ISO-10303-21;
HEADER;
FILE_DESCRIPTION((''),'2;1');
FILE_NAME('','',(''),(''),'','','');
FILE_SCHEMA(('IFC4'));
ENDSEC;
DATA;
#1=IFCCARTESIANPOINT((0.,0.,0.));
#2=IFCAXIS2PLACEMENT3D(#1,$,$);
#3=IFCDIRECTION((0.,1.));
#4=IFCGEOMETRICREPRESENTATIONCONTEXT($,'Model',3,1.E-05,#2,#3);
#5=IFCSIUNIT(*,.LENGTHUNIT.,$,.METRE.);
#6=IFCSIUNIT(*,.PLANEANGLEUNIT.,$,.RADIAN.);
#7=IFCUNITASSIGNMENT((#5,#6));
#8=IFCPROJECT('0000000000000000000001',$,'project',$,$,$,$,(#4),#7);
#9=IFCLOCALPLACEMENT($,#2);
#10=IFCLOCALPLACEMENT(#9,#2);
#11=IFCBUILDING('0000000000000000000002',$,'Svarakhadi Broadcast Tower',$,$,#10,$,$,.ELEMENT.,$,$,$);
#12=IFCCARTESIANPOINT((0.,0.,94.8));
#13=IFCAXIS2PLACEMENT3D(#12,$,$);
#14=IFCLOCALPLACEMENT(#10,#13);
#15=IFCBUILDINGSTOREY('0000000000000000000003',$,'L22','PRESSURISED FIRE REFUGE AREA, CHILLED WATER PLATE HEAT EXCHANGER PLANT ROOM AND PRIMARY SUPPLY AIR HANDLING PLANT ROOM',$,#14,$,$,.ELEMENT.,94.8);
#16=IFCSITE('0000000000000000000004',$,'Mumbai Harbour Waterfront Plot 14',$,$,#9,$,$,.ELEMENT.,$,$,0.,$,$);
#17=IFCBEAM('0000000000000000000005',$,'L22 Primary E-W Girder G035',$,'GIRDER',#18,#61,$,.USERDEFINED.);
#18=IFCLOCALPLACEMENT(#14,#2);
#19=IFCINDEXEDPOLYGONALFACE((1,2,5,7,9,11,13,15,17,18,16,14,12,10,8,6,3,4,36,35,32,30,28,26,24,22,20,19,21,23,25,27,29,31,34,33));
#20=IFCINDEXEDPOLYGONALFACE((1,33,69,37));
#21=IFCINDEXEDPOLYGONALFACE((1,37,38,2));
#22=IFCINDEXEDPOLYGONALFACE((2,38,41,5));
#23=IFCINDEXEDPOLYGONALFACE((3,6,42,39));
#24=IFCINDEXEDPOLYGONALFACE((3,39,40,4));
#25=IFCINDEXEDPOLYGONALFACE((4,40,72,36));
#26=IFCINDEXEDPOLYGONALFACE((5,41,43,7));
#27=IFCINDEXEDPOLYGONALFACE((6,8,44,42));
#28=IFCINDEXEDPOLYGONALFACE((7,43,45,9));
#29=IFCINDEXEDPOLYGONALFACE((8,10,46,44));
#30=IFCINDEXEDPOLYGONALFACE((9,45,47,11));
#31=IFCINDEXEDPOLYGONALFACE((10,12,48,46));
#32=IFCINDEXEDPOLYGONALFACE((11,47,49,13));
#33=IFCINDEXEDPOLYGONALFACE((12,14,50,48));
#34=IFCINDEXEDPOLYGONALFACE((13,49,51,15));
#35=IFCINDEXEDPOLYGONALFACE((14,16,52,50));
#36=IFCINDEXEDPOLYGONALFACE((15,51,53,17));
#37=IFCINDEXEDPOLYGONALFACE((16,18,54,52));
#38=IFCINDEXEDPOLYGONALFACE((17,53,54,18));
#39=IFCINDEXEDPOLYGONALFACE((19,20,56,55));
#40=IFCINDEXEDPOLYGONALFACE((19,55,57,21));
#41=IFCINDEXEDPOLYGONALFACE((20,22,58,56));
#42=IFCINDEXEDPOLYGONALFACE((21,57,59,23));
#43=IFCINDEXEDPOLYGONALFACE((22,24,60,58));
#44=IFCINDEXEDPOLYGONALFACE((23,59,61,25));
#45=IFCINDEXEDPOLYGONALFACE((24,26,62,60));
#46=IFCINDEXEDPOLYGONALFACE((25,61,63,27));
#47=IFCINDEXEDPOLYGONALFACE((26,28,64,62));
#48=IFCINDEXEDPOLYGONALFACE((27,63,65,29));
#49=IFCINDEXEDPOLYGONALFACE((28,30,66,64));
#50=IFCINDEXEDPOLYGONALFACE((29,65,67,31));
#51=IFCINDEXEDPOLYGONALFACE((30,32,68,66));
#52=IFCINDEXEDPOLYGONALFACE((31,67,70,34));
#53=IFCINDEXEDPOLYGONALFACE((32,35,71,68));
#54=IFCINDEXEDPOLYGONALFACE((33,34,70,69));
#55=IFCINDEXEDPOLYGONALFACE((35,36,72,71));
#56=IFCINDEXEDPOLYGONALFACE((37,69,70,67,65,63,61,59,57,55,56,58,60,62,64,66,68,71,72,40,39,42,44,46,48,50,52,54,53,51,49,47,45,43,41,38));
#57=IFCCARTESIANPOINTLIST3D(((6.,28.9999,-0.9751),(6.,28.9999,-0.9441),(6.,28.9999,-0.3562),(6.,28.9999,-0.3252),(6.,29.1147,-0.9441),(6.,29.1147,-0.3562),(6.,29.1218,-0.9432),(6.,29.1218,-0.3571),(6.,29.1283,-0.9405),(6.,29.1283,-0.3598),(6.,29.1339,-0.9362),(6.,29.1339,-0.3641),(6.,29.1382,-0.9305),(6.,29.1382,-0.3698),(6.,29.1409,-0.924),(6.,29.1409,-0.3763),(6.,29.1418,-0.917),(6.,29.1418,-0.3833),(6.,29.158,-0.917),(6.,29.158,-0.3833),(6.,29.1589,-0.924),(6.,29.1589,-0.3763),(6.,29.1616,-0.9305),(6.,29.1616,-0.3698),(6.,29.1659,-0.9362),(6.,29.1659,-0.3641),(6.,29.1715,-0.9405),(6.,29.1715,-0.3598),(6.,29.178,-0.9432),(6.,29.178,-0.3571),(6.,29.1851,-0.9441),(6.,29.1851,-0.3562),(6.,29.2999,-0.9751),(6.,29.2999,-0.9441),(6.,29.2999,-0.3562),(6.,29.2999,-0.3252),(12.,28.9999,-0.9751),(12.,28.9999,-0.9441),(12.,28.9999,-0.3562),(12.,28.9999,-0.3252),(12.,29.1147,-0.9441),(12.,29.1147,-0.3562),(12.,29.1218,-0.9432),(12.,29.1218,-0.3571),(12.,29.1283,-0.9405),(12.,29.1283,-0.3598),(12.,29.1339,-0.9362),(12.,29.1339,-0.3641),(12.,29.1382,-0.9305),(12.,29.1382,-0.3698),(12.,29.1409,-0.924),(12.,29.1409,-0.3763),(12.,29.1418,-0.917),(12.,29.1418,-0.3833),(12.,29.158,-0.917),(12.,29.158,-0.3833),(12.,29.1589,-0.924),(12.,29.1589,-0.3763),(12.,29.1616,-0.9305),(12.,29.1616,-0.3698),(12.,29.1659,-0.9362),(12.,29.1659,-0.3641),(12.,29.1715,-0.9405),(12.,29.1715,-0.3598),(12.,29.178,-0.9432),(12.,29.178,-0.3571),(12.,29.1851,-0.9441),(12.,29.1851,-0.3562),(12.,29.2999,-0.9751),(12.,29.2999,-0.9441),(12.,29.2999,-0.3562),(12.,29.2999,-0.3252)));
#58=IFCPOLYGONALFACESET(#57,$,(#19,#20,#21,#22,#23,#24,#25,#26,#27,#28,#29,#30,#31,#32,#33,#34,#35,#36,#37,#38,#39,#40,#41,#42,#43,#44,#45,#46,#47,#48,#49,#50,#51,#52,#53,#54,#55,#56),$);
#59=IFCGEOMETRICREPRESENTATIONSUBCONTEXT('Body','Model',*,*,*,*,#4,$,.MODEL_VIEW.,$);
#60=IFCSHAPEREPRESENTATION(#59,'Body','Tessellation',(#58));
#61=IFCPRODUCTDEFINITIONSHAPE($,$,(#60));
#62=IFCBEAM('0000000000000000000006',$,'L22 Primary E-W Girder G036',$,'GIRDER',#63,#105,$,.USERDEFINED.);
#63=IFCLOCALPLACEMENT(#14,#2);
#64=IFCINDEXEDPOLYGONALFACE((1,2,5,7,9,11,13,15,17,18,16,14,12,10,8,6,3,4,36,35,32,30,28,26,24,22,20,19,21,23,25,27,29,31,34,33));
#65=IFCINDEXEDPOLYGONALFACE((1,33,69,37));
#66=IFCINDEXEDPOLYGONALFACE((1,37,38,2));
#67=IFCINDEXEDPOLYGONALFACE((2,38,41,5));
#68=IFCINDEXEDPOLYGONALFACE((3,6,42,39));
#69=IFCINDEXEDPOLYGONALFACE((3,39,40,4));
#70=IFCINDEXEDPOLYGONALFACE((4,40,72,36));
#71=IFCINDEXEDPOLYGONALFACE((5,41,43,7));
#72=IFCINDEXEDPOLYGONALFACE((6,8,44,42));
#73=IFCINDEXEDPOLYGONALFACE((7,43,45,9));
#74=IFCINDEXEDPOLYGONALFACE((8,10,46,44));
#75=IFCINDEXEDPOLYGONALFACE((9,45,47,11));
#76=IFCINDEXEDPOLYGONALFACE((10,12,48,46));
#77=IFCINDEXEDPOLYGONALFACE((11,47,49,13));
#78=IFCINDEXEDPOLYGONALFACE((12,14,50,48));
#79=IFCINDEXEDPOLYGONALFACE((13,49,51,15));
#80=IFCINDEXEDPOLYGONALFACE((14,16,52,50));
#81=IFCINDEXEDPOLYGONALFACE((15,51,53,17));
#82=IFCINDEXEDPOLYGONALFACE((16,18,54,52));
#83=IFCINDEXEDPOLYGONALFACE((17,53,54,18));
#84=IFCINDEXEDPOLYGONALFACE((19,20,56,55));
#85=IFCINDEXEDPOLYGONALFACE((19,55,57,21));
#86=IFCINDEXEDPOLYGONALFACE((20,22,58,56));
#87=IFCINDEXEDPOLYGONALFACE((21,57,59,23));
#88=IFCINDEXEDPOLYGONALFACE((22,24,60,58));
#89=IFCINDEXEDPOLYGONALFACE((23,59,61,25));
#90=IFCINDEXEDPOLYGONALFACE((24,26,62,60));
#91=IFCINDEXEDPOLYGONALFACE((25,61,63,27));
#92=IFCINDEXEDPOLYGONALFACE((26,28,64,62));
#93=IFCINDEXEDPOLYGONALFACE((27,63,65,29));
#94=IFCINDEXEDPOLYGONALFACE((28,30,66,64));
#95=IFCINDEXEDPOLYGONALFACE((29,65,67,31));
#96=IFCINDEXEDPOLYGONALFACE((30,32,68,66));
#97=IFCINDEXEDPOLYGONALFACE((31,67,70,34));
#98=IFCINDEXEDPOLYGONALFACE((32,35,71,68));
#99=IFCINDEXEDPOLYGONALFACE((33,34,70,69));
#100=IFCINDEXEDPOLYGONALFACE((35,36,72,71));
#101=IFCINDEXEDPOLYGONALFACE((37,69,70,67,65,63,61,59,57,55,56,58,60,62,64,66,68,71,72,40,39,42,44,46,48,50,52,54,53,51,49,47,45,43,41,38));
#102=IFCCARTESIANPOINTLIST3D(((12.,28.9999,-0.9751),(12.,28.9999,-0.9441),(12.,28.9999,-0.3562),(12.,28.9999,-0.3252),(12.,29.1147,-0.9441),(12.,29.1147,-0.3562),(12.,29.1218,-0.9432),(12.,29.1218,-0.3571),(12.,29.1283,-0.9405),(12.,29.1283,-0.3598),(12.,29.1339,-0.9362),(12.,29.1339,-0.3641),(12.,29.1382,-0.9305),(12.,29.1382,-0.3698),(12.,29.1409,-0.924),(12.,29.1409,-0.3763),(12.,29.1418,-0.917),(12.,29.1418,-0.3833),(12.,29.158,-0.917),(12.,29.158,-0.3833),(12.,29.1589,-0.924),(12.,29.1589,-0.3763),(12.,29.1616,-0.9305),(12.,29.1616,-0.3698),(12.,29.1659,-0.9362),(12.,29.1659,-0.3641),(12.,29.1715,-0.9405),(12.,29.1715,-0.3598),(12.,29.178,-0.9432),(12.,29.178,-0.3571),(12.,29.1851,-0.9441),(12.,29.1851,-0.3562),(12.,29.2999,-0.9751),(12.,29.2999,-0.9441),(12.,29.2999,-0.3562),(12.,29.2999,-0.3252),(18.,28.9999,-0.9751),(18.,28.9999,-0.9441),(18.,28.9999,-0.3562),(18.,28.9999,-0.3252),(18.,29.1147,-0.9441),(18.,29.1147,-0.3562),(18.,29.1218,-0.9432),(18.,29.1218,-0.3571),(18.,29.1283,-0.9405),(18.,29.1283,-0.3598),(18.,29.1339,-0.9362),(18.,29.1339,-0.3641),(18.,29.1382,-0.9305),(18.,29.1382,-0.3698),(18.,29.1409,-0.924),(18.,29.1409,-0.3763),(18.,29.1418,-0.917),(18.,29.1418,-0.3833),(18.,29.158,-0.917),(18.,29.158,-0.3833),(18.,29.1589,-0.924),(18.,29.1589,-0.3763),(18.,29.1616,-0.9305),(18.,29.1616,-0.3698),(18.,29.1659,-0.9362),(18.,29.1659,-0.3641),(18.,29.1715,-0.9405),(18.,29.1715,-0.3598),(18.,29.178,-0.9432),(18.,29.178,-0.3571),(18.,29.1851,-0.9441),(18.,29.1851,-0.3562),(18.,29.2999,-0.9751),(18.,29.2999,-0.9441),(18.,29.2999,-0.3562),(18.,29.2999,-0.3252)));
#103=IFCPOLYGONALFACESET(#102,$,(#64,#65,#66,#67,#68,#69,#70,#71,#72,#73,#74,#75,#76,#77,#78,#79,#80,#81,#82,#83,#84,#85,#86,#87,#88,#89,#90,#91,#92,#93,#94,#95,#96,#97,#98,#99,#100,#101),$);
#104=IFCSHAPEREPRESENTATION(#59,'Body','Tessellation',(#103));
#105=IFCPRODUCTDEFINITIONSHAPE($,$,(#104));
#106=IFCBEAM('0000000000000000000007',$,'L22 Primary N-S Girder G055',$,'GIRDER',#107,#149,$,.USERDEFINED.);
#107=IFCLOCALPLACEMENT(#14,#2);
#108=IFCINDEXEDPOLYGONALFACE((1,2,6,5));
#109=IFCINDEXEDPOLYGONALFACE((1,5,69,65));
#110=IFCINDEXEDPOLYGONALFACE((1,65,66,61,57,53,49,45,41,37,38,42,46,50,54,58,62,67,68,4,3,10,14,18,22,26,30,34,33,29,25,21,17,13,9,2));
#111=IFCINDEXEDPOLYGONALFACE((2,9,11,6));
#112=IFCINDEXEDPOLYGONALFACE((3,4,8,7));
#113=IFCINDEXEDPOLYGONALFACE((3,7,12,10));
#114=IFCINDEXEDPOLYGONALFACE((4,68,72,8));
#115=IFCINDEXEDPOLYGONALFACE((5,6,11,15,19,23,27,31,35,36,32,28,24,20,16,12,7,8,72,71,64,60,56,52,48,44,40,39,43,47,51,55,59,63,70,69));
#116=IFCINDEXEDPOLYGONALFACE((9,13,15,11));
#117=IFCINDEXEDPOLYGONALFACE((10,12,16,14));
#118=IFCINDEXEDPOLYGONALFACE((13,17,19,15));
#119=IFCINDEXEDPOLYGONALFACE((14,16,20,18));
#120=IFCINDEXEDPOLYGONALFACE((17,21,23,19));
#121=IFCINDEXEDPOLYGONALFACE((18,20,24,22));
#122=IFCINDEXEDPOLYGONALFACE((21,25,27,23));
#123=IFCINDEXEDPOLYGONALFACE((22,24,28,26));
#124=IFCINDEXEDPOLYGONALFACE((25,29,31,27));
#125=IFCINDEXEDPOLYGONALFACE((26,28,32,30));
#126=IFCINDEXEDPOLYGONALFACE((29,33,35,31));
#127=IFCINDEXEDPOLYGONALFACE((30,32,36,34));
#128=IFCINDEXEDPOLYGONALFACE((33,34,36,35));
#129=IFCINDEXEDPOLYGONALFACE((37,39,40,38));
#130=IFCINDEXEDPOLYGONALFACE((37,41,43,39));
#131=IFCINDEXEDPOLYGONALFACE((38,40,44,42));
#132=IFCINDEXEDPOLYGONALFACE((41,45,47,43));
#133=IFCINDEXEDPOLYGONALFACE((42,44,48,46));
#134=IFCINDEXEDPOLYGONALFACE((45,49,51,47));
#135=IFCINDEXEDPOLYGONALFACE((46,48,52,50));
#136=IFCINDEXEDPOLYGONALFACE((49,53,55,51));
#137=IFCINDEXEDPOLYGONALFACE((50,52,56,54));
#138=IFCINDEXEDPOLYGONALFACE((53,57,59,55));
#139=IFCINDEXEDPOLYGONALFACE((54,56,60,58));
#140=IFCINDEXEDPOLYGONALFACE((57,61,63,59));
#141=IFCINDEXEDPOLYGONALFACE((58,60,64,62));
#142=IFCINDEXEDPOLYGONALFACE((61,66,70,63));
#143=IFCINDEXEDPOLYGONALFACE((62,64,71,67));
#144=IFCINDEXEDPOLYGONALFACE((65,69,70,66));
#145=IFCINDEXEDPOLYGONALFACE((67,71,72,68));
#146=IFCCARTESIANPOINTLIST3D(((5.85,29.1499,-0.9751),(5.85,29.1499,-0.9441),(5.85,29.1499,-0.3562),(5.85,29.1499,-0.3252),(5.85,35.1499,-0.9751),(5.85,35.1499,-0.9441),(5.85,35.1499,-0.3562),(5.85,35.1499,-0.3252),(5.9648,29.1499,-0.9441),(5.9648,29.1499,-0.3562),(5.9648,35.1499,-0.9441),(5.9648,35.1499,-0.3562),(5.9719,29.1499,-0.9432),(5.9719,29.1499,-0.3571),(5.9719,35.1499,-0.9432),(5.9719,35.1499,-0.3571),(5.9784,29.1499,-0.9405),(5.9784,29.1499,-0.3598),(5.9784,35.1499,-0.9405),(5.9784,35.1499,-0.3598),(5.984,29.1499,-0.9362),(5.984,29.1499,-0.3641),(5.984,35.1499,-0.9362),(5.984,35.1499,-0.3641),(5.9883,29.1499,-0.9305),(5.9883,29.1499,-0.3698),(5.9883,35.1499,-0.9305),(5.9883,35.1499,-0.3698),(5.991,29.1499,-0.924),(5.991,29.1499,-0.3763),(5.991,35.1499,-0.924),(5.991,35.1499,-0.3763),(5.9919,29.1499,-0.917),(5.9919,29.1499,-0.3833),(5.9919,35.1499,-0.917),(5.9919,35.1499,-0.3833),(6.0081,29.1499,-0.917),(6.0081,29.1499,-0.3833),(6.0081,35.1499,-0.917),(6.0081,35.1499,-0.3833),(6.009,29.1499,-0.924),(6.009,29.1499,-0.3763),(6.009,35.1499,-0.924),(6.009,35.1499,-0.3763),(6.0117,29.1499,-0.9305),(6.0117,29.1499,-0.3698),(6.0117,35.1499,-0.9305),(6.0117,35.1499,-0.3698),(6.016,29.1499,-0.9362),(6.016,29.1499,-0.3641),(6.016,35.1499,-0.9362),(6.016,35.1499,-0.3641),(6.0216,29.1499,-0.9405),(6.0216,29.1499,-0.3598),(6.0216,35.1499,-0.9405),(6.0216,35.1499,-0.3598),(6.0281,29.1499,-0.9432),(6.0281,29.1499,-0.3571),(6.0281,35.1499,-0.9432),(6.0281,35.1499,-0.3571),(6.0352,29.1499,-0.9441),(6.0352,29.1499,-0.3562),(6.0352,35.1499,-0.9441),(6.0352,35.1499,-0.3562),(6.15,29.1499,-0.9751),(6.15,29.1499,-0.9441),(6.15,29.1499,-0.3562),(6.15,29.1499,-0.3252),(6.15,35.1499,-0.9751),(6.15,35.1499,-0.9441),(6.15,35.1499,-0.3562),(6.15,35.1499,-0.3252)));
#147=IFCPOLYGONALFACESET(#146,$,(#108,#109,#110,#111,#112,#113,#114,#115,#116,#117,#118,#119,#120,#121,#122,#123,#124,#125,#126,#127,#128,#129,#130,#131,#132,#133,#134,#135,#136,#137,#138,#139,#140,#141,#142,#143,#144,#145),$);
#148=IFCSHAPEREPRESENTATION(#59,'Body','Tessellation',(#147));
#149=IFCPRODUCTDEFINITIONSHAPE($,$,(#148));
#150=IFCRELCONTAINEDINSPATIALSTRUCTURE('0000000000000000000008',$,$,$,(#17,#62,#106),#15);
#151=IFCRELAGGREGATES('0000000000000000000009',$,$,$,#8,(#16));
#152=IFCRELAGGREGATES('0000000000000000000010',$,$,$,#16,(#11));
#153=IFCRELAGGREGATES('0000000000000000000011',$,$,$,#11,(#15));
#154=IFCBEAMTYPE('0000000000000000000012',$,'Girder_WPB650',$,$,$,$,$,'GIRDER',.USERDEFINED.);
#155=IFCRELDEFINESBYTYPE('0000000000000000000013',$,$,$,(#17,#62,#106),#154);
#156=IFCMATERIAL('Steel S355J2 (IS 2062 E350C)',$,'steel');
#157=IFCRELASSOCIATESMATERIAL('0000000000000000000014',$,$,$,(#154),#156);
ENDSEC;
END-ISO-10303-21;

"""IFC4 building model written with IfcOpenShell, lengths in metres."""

from ifc_helpers import new_model, si_unit, direction, frame, origin, origin_2d, place, context, subcontext, project, spatial, i_section, extrude, material, material_profile, profile_set, type_object, element, save


model = new_model("IFC4")

# Units and contexts
model_context = context("Model", 3, precision=1e-05, world=origin(), true_north=direction((0.0, 1.0)))
body_context = subcontext(model_context, "Body", "Model", "MODEL_VIEW")
ifc_project = project(units=[si_unit("LENGTHUNIT", "METRE"), si_unit("PLANEANGLEUNIT", "RADIAN")], contexts=[model_context])

# Site, building, storey
site_placement = place(None, origin())
site = spatial("IfcSite", under=ifc_project, at=site_placement, Name="Mumbai Harbour Waterfront Plot 14", CompositionType="ELEMENT", RefElevation=0.0)
building_placement = place(site_placement, origin())
building = spatial("IfcBuilding", under=site, at=building_placement, Name="Svarakhadi Broadcast Tower", CompositionType="ELEMENT")
storey_placement = place(building_placement, frame((0.0, 0.0, 94.8)))
storey = spatial("IfcBuildingStorey", under=building, at=storey_placement, Name="L22", Description="PRESSURISED FIRE REFUGE AREA, CHILLED WATER PLATE HEAT EXCHANGER PLANT ROOM AND PRIMARY SUPPLY AIR HANDLING PLANT ROOM", CompositionType="ELEMENT", Elevation=94.8)

# Beams
ifc_material_1 = material(Name="Steel S355J2 (IS 2062 E350C)", Category="steel")
ifc_material_profile_1 = material_profile(ifc_material_1, i_section(OverallWidth=0.3, OverallDepth=0.6499, WebThickness=0.0161, FlangeThickness=0.031, FilletRadius=0.0271, at=origin_2d()), Name="WPB 650x300x225")
ifc_profile_set_1 = profile_set([ifc_material_profile_1], Name="Steel S355J2 (IS 2062 E350C)")
beam_type_1 = type_object("IfcBeamType", Name="Girder_WPB650", ElementType="GIRDER", PredefinedType="USERDEFINED", material=ifc_profile_set_1)
for number, where, z_axis, x_axis, name in (
    (1, (6.0, 29.1499, -0.6501), (1.0, 0.0, 0.0), (0.0, 1.0, 0.0), "L22 Primary E-W Girder G035"),
    (2, (12.0, 29.1499, -0.6501), (1.0, 0.0, 0.0), (0.0, 1.0, 0.0), "L22 Primary E-W Girder G036"),
    (3, (6.0, 29.1499, -0.6501), (0.0, 1.0, 0.0), (-1.0, 0.0, 0.0), "L22 Primary N-S Girder G055"),
):
    element("IfcBeam", number, at=place(storey_placement, frame(where, z_axis=z_axis, x_axis=x_axis)), inside=storey, type_object=beam_type_1, Name=name, ObjectType="GIRDER", PredefinedType="USERDEFINED", context=body_context, shape_type="SweptSolid", body=[
        extrude(i_section(OverallWidth=0.3, OverallDepth=0.6499, WebThickness=0.0161, FlangeThickness=0.031, FilletRadius=0.0271, at=origin_2d()), origin(), (0.0, 0.0, 1.0), 6.0),
    ])

save(model, "model.ifc")
